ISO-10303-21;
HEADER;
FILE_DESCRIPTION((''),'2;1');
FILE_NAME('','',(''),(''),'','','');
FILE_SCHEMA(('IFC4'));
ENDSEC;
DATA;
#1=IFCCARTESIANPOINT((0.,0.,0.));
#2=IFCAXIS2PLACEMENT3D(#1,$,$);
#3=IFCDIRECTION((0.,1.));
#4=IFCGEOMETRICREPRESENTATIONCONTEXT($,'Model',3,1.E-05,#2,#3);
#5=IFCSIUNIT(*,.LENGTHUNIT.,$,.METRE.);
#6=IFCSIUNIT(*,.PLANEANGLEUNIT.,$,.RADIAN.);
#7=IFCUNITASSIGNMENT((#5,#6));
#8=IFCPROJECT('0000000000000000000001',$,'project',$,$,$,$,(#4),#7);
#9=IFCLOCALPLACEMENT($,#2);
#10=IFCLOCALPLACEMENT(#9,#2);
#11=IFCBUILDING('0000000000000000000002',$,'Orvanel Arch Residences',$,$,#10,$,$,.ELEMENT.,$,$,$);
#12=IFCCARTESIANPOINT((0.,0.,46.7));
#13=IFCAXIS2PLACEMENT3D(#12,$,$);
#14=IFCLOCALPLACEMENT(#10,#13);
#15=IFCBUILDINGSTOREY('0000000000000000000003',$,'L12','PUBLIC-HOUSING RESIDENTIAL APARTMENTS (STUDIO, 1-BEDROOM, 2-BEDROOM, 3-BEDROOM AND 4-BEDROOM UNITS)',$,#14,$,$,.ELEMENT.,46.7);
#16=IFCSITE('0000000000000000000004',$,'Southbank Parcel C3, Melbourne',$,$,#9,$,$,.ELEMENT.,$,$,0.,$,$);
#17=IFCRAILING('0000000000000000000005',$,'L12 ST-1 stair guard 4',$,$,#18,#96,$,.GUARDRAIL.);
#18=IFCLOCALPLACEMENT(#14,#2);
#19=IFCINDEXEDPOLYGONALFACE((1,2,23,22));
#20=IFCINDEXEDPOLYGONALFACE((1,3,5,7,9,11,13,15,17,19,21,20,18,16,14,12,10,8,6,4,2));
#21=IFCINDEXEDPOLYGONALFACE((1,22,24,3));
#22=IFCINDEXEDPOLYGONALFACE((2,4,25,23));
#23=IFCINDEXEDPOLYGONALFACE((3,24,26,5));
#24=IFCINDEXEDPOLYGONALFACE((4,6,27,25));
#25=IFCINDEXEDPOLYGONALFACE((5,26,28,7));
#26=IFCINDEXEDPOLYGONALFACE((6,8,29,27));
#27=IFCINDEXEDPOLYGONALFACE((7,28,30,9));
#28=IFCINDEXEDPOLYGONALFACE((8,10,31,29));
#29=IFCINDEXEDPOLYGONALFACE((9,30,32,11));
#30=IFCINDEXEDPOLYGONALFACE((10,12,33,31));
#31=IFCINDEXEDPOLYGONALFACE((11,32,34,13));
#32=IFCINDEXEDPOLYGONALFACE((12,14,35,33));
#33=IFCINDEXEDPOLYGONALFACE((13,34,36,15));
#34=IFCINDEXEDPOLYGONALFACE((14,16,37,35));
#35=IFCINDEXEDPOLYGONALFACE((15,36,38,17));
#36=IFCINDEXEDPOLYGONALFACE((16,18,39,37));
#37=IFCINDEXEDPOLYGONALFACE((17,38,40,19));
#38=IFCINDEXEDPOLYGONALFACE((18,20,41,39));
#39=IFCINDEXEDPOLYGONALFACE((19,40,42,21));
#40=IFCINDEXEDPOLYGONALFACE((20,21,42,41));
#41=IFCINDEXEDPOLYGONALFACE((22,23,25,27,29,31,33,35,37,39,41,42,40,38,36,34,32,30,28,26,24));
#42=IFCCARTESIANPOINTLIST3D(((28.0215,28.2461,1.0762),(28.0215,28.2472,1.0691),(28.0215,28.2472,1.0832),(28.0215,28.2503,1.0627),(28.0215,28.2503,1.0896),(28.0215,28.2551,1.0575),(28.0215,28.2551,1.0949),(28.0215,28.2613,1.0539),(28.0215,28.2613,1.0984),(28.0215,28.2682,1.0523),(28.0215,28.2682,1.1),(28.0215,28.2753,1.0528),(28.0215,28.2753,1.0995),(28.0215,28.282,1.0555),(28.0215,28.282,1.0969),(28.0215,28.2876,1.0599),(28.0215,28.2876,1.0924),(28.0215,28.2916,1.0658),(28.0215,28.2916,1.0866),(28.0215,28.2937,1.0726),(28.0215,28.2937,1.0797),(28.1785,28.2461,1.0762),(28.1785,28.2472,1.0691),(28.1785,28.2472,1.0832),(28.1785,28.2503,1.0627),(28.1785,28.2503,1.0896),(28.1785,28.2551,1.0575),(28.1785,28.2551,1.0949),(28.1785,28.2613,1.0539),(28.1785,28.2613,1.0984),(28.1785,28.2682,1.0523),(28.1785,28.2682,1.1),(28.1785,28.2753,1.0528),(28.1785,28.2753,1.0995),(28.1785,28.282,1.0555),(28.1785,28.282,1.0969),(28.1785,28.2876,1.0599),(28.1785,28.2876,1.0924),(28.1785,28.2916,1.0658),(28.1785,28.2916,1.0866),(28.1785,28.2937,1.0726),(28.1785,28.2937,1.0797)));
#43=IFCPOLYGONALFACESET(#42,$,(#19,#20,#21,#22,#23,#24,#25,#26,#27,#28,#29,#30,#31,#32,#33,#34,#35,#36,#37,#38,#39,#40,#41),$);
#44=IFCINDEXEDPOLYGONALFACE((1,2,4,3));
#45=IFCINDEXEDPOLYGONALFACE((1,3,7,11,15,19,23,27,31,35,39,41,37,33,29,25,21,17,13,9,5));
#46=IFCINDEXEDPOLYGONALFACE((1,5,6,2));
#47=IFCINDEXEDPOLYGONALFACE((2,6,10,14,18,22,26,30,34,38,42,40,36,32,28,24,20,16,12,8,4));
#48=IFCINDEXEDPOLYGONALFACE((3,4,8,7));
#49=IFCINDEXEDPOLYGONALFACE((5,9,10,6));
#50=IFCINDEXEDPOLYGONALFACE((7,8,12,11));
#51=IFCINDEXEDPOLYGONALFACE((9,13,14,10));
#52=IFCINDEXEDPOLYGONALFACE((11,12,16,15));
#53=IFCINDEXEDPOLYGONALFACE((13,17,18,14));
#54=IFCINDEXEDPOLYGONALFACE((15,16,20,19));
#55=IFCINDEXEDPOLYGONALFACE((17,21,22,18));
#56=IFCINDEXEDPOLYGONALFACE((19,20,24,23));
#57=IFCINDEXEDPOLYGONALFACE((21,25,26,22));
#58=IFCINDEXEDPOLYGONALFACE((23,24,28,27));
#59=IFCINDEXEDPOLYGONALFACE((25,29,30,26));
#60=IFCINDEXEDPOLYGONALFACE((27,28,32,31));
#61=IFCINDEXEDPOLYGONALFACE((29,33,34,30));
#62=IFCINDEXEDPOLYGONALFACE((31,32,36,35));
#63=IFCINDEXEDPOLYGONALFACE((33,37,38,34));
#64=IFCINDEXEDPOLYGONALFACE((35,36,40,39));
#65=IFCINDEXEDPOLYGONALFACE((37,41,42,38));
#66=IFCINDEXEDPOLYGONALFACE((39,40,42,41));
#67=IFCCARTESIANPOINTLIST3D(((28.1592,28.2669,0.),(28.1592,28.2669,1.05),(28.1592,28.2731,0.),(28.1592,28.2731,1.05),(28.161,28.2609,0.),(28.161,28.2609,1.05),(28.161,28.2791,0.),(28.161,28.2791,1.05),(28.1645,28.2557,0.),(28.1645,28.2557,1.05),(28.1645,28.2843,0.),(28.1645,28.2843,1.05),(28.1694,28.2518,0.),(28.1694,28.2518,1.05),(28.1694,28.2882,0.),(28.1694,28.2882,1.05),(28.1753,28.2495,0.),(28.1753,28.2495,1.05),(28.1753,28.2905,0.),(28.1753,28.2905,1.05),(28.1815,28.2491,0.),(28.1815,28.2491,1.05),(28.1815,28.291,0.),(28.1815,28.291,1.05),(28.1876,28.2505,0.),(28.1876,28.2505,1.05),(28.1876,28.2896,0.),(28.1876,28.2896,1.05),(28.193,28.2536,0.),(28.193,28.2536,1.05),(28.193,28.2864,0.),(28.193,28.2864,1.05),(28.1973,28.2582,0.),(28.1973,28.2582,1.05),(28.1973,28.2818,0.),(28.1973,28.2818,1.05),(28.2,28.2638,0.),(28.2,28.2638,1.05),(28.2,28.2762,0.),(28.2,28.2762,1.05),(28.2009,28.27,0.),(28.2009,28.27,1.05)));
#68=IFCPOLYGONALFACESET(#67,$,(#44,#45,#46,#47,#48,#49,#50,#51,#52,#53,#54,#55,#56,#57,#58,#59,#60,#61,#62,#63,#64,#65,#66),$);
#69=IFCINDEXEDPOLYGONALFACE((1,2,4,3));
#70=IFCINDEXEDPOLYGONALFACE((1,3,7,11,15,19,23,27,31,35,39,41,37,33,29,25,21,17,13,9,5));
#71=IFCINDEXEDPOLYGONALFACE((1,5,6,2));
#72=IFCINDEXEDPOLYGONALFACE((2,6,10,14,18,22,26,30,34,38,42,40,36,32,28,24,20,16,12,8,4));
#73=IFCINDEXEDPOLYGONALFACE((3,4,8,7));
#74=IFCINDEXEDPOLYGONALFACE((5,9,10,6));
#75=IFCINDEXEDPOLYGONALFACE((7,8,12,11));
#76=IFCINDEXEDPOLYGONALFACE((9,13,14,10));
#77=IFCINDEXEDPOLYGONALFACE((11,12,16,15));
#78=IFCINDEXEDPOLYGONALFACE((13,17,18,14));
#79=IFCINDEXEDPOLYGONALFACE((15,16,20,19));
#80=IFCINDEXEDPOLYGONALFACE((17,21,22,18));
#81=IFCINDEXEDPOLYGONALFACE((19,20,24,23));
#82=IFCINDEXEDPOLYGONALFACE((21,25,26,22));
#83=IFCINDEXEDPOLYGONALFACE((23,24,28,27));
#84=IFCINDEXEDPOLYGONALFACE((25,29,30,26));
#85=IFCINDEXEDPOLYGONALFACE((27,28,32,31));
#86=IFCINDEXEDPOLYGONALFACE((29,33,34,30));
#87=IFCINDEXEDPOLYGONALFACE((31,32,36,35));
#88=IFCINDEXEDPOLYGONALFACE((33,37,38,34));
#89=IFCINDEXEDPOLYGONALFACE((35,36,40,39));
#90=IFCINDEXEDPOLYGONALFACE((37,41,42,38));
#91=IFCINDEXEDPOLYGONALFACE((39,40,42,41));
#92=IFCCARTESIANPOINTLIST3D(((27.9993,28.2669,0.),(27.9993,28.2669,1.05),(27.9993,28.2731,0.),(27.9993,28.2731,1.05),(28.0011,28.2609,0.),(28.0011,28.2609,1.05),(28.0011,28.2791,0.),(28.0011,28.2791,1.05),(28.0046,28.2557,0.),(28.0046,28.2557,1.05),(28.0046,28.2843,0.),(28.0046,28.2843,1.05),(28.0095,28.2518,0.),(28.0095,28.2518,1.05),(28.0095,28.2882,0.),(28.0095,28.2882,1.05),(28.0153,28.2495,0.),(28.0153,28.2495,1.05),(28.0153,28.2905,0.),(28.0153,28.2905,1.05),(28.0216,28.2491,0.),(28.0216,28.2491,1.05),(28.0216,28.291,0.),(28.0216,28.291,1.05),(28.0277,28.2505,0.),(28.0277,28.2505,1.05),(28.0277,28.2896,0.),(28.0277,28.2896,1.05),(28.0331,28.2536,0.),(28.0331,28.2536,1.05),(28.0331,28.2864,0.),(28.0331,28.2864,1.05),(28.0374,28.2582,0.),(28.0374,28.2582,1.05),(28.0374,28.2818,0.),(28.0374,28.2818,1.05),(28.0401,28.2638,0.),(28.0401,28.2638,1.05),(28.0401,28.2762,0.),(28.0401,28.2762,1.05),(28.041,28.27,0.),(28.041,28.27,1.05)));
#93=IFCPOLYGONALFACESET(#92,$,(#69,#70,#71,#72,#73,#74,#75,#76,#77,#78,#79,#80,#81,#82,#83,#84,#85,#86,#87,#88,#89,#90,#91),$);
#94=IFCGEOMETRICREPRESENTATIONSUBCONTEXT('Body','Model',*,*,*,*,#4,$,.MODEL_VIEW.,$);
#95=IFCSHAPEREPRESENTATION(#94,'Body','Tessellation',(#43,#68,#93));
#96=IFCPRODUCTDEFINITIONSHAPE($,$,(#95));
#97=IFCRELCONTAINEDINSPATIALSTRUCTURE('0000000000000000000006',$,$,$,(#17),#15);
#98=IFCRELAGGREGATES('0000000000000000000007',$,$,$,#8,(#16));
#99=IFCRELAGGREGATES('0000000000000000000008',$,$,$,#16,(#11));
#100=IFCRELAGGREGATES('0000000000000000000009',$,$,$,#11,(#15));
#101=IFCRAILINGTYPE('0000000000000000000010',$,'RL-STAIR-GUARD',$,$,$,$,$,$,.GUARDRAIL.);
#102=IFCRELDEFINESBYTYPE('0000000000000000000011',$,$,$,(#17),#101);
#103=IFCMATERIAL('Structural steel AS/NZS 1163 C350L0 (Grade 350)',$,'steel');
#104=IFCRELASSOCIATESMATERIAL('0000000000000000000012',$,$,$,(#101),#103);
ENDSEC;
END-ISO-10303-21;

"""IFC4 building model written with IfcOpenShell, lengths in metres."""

from ifc_helpers import new_model, si_unit, direction, frame, origin, origin_2d, place, context, subcontext, project, spatial, circle, extrude, material, type_object, element, save


model = new_model("IFC4")

# Units and contexts
model_context = context("Model", 3, precision=1e-05, world=origin(), true_north=direction((0.0, 1.0)))
body_context = subcontext(model_context, "Body", "Model", "MODEL_VIEW")
ifc_project = project(units=[si_unit("LENGTHUNIT", "METRE"), si_unit("PLANEANGLEUNIT", "RADIAN")], contexts=[model_context])

# Site, building, storey
site_placement = place(None, origin())
site = spatial("IfcSite", under=ifc_project, at=site_placement, Name="Southbank Parcel C3, Melbourne", CompositionType="ELEMENT", RefElevation=0.0)
building_placement = place(site_placement, origin())
building = spatial("IfcBuilding", under=site, at=building_placement, Name="Orvanel Arch Residences", CompositionType="ELEMENT")
storey_placement = place(building_placement, frame((0.0, 0.0, 46.7)))
storey = spatial("IfcBuildingStorey", under=building, at=storey_placement, Name="L12", Description="PUBLIC-HOUSING RESIDENTIAL APARTMENTS (STUDIO, 1-BEDROOM, 2-BEDROOM, 3-BEDROOM AND 4-BEDROOM UNITS)", CompositionType="ELEMENT", Elevation=46.7)

# Railing
ifc_material_1 = material(Name="Structural steel AS/NZS 1163 C350L0 (Grade 350)", Category="steel")
railing_type_1 = type_object("IfcRailingType", Name="RL-STAIR-GUARD", PredefinedType="GUARDRAIL", material=ifc_material_1)
railing_1_placement = place(storey_placement, frame((28.1799, 28.27, 0.0)))
element("IfcRailing", 1, at=railing_1_placement, inside=storey, type_object=railing_type_1, Name="L12 ST-1 stair guard 4", PredefinedType="GUARDRAIL", context=body_context, shape_type="SweptSolid", body=[
    extrude(circle(Radius=0.0239, at=origin_2d()), frame((-0.0015, 0.0, 1.0762), z_axis=(-1.0, 0.0, 0.0), x_axis=(0.0, -1.0, 0.0)), (0.0, 0.0, 1.0), 0.157),
    extrude(circle(Radius=0.021, at=origin_2d()), origin(), (0.0, 0.0, 1.0), 1.05),
    extrude(circle(Radius=0.021, at=origin_2d()), frame((-0.1599, 0.0, 0.0)), (0.0, 0.0, 1.0), 1.05),
])

save(model, "model.ifc")
